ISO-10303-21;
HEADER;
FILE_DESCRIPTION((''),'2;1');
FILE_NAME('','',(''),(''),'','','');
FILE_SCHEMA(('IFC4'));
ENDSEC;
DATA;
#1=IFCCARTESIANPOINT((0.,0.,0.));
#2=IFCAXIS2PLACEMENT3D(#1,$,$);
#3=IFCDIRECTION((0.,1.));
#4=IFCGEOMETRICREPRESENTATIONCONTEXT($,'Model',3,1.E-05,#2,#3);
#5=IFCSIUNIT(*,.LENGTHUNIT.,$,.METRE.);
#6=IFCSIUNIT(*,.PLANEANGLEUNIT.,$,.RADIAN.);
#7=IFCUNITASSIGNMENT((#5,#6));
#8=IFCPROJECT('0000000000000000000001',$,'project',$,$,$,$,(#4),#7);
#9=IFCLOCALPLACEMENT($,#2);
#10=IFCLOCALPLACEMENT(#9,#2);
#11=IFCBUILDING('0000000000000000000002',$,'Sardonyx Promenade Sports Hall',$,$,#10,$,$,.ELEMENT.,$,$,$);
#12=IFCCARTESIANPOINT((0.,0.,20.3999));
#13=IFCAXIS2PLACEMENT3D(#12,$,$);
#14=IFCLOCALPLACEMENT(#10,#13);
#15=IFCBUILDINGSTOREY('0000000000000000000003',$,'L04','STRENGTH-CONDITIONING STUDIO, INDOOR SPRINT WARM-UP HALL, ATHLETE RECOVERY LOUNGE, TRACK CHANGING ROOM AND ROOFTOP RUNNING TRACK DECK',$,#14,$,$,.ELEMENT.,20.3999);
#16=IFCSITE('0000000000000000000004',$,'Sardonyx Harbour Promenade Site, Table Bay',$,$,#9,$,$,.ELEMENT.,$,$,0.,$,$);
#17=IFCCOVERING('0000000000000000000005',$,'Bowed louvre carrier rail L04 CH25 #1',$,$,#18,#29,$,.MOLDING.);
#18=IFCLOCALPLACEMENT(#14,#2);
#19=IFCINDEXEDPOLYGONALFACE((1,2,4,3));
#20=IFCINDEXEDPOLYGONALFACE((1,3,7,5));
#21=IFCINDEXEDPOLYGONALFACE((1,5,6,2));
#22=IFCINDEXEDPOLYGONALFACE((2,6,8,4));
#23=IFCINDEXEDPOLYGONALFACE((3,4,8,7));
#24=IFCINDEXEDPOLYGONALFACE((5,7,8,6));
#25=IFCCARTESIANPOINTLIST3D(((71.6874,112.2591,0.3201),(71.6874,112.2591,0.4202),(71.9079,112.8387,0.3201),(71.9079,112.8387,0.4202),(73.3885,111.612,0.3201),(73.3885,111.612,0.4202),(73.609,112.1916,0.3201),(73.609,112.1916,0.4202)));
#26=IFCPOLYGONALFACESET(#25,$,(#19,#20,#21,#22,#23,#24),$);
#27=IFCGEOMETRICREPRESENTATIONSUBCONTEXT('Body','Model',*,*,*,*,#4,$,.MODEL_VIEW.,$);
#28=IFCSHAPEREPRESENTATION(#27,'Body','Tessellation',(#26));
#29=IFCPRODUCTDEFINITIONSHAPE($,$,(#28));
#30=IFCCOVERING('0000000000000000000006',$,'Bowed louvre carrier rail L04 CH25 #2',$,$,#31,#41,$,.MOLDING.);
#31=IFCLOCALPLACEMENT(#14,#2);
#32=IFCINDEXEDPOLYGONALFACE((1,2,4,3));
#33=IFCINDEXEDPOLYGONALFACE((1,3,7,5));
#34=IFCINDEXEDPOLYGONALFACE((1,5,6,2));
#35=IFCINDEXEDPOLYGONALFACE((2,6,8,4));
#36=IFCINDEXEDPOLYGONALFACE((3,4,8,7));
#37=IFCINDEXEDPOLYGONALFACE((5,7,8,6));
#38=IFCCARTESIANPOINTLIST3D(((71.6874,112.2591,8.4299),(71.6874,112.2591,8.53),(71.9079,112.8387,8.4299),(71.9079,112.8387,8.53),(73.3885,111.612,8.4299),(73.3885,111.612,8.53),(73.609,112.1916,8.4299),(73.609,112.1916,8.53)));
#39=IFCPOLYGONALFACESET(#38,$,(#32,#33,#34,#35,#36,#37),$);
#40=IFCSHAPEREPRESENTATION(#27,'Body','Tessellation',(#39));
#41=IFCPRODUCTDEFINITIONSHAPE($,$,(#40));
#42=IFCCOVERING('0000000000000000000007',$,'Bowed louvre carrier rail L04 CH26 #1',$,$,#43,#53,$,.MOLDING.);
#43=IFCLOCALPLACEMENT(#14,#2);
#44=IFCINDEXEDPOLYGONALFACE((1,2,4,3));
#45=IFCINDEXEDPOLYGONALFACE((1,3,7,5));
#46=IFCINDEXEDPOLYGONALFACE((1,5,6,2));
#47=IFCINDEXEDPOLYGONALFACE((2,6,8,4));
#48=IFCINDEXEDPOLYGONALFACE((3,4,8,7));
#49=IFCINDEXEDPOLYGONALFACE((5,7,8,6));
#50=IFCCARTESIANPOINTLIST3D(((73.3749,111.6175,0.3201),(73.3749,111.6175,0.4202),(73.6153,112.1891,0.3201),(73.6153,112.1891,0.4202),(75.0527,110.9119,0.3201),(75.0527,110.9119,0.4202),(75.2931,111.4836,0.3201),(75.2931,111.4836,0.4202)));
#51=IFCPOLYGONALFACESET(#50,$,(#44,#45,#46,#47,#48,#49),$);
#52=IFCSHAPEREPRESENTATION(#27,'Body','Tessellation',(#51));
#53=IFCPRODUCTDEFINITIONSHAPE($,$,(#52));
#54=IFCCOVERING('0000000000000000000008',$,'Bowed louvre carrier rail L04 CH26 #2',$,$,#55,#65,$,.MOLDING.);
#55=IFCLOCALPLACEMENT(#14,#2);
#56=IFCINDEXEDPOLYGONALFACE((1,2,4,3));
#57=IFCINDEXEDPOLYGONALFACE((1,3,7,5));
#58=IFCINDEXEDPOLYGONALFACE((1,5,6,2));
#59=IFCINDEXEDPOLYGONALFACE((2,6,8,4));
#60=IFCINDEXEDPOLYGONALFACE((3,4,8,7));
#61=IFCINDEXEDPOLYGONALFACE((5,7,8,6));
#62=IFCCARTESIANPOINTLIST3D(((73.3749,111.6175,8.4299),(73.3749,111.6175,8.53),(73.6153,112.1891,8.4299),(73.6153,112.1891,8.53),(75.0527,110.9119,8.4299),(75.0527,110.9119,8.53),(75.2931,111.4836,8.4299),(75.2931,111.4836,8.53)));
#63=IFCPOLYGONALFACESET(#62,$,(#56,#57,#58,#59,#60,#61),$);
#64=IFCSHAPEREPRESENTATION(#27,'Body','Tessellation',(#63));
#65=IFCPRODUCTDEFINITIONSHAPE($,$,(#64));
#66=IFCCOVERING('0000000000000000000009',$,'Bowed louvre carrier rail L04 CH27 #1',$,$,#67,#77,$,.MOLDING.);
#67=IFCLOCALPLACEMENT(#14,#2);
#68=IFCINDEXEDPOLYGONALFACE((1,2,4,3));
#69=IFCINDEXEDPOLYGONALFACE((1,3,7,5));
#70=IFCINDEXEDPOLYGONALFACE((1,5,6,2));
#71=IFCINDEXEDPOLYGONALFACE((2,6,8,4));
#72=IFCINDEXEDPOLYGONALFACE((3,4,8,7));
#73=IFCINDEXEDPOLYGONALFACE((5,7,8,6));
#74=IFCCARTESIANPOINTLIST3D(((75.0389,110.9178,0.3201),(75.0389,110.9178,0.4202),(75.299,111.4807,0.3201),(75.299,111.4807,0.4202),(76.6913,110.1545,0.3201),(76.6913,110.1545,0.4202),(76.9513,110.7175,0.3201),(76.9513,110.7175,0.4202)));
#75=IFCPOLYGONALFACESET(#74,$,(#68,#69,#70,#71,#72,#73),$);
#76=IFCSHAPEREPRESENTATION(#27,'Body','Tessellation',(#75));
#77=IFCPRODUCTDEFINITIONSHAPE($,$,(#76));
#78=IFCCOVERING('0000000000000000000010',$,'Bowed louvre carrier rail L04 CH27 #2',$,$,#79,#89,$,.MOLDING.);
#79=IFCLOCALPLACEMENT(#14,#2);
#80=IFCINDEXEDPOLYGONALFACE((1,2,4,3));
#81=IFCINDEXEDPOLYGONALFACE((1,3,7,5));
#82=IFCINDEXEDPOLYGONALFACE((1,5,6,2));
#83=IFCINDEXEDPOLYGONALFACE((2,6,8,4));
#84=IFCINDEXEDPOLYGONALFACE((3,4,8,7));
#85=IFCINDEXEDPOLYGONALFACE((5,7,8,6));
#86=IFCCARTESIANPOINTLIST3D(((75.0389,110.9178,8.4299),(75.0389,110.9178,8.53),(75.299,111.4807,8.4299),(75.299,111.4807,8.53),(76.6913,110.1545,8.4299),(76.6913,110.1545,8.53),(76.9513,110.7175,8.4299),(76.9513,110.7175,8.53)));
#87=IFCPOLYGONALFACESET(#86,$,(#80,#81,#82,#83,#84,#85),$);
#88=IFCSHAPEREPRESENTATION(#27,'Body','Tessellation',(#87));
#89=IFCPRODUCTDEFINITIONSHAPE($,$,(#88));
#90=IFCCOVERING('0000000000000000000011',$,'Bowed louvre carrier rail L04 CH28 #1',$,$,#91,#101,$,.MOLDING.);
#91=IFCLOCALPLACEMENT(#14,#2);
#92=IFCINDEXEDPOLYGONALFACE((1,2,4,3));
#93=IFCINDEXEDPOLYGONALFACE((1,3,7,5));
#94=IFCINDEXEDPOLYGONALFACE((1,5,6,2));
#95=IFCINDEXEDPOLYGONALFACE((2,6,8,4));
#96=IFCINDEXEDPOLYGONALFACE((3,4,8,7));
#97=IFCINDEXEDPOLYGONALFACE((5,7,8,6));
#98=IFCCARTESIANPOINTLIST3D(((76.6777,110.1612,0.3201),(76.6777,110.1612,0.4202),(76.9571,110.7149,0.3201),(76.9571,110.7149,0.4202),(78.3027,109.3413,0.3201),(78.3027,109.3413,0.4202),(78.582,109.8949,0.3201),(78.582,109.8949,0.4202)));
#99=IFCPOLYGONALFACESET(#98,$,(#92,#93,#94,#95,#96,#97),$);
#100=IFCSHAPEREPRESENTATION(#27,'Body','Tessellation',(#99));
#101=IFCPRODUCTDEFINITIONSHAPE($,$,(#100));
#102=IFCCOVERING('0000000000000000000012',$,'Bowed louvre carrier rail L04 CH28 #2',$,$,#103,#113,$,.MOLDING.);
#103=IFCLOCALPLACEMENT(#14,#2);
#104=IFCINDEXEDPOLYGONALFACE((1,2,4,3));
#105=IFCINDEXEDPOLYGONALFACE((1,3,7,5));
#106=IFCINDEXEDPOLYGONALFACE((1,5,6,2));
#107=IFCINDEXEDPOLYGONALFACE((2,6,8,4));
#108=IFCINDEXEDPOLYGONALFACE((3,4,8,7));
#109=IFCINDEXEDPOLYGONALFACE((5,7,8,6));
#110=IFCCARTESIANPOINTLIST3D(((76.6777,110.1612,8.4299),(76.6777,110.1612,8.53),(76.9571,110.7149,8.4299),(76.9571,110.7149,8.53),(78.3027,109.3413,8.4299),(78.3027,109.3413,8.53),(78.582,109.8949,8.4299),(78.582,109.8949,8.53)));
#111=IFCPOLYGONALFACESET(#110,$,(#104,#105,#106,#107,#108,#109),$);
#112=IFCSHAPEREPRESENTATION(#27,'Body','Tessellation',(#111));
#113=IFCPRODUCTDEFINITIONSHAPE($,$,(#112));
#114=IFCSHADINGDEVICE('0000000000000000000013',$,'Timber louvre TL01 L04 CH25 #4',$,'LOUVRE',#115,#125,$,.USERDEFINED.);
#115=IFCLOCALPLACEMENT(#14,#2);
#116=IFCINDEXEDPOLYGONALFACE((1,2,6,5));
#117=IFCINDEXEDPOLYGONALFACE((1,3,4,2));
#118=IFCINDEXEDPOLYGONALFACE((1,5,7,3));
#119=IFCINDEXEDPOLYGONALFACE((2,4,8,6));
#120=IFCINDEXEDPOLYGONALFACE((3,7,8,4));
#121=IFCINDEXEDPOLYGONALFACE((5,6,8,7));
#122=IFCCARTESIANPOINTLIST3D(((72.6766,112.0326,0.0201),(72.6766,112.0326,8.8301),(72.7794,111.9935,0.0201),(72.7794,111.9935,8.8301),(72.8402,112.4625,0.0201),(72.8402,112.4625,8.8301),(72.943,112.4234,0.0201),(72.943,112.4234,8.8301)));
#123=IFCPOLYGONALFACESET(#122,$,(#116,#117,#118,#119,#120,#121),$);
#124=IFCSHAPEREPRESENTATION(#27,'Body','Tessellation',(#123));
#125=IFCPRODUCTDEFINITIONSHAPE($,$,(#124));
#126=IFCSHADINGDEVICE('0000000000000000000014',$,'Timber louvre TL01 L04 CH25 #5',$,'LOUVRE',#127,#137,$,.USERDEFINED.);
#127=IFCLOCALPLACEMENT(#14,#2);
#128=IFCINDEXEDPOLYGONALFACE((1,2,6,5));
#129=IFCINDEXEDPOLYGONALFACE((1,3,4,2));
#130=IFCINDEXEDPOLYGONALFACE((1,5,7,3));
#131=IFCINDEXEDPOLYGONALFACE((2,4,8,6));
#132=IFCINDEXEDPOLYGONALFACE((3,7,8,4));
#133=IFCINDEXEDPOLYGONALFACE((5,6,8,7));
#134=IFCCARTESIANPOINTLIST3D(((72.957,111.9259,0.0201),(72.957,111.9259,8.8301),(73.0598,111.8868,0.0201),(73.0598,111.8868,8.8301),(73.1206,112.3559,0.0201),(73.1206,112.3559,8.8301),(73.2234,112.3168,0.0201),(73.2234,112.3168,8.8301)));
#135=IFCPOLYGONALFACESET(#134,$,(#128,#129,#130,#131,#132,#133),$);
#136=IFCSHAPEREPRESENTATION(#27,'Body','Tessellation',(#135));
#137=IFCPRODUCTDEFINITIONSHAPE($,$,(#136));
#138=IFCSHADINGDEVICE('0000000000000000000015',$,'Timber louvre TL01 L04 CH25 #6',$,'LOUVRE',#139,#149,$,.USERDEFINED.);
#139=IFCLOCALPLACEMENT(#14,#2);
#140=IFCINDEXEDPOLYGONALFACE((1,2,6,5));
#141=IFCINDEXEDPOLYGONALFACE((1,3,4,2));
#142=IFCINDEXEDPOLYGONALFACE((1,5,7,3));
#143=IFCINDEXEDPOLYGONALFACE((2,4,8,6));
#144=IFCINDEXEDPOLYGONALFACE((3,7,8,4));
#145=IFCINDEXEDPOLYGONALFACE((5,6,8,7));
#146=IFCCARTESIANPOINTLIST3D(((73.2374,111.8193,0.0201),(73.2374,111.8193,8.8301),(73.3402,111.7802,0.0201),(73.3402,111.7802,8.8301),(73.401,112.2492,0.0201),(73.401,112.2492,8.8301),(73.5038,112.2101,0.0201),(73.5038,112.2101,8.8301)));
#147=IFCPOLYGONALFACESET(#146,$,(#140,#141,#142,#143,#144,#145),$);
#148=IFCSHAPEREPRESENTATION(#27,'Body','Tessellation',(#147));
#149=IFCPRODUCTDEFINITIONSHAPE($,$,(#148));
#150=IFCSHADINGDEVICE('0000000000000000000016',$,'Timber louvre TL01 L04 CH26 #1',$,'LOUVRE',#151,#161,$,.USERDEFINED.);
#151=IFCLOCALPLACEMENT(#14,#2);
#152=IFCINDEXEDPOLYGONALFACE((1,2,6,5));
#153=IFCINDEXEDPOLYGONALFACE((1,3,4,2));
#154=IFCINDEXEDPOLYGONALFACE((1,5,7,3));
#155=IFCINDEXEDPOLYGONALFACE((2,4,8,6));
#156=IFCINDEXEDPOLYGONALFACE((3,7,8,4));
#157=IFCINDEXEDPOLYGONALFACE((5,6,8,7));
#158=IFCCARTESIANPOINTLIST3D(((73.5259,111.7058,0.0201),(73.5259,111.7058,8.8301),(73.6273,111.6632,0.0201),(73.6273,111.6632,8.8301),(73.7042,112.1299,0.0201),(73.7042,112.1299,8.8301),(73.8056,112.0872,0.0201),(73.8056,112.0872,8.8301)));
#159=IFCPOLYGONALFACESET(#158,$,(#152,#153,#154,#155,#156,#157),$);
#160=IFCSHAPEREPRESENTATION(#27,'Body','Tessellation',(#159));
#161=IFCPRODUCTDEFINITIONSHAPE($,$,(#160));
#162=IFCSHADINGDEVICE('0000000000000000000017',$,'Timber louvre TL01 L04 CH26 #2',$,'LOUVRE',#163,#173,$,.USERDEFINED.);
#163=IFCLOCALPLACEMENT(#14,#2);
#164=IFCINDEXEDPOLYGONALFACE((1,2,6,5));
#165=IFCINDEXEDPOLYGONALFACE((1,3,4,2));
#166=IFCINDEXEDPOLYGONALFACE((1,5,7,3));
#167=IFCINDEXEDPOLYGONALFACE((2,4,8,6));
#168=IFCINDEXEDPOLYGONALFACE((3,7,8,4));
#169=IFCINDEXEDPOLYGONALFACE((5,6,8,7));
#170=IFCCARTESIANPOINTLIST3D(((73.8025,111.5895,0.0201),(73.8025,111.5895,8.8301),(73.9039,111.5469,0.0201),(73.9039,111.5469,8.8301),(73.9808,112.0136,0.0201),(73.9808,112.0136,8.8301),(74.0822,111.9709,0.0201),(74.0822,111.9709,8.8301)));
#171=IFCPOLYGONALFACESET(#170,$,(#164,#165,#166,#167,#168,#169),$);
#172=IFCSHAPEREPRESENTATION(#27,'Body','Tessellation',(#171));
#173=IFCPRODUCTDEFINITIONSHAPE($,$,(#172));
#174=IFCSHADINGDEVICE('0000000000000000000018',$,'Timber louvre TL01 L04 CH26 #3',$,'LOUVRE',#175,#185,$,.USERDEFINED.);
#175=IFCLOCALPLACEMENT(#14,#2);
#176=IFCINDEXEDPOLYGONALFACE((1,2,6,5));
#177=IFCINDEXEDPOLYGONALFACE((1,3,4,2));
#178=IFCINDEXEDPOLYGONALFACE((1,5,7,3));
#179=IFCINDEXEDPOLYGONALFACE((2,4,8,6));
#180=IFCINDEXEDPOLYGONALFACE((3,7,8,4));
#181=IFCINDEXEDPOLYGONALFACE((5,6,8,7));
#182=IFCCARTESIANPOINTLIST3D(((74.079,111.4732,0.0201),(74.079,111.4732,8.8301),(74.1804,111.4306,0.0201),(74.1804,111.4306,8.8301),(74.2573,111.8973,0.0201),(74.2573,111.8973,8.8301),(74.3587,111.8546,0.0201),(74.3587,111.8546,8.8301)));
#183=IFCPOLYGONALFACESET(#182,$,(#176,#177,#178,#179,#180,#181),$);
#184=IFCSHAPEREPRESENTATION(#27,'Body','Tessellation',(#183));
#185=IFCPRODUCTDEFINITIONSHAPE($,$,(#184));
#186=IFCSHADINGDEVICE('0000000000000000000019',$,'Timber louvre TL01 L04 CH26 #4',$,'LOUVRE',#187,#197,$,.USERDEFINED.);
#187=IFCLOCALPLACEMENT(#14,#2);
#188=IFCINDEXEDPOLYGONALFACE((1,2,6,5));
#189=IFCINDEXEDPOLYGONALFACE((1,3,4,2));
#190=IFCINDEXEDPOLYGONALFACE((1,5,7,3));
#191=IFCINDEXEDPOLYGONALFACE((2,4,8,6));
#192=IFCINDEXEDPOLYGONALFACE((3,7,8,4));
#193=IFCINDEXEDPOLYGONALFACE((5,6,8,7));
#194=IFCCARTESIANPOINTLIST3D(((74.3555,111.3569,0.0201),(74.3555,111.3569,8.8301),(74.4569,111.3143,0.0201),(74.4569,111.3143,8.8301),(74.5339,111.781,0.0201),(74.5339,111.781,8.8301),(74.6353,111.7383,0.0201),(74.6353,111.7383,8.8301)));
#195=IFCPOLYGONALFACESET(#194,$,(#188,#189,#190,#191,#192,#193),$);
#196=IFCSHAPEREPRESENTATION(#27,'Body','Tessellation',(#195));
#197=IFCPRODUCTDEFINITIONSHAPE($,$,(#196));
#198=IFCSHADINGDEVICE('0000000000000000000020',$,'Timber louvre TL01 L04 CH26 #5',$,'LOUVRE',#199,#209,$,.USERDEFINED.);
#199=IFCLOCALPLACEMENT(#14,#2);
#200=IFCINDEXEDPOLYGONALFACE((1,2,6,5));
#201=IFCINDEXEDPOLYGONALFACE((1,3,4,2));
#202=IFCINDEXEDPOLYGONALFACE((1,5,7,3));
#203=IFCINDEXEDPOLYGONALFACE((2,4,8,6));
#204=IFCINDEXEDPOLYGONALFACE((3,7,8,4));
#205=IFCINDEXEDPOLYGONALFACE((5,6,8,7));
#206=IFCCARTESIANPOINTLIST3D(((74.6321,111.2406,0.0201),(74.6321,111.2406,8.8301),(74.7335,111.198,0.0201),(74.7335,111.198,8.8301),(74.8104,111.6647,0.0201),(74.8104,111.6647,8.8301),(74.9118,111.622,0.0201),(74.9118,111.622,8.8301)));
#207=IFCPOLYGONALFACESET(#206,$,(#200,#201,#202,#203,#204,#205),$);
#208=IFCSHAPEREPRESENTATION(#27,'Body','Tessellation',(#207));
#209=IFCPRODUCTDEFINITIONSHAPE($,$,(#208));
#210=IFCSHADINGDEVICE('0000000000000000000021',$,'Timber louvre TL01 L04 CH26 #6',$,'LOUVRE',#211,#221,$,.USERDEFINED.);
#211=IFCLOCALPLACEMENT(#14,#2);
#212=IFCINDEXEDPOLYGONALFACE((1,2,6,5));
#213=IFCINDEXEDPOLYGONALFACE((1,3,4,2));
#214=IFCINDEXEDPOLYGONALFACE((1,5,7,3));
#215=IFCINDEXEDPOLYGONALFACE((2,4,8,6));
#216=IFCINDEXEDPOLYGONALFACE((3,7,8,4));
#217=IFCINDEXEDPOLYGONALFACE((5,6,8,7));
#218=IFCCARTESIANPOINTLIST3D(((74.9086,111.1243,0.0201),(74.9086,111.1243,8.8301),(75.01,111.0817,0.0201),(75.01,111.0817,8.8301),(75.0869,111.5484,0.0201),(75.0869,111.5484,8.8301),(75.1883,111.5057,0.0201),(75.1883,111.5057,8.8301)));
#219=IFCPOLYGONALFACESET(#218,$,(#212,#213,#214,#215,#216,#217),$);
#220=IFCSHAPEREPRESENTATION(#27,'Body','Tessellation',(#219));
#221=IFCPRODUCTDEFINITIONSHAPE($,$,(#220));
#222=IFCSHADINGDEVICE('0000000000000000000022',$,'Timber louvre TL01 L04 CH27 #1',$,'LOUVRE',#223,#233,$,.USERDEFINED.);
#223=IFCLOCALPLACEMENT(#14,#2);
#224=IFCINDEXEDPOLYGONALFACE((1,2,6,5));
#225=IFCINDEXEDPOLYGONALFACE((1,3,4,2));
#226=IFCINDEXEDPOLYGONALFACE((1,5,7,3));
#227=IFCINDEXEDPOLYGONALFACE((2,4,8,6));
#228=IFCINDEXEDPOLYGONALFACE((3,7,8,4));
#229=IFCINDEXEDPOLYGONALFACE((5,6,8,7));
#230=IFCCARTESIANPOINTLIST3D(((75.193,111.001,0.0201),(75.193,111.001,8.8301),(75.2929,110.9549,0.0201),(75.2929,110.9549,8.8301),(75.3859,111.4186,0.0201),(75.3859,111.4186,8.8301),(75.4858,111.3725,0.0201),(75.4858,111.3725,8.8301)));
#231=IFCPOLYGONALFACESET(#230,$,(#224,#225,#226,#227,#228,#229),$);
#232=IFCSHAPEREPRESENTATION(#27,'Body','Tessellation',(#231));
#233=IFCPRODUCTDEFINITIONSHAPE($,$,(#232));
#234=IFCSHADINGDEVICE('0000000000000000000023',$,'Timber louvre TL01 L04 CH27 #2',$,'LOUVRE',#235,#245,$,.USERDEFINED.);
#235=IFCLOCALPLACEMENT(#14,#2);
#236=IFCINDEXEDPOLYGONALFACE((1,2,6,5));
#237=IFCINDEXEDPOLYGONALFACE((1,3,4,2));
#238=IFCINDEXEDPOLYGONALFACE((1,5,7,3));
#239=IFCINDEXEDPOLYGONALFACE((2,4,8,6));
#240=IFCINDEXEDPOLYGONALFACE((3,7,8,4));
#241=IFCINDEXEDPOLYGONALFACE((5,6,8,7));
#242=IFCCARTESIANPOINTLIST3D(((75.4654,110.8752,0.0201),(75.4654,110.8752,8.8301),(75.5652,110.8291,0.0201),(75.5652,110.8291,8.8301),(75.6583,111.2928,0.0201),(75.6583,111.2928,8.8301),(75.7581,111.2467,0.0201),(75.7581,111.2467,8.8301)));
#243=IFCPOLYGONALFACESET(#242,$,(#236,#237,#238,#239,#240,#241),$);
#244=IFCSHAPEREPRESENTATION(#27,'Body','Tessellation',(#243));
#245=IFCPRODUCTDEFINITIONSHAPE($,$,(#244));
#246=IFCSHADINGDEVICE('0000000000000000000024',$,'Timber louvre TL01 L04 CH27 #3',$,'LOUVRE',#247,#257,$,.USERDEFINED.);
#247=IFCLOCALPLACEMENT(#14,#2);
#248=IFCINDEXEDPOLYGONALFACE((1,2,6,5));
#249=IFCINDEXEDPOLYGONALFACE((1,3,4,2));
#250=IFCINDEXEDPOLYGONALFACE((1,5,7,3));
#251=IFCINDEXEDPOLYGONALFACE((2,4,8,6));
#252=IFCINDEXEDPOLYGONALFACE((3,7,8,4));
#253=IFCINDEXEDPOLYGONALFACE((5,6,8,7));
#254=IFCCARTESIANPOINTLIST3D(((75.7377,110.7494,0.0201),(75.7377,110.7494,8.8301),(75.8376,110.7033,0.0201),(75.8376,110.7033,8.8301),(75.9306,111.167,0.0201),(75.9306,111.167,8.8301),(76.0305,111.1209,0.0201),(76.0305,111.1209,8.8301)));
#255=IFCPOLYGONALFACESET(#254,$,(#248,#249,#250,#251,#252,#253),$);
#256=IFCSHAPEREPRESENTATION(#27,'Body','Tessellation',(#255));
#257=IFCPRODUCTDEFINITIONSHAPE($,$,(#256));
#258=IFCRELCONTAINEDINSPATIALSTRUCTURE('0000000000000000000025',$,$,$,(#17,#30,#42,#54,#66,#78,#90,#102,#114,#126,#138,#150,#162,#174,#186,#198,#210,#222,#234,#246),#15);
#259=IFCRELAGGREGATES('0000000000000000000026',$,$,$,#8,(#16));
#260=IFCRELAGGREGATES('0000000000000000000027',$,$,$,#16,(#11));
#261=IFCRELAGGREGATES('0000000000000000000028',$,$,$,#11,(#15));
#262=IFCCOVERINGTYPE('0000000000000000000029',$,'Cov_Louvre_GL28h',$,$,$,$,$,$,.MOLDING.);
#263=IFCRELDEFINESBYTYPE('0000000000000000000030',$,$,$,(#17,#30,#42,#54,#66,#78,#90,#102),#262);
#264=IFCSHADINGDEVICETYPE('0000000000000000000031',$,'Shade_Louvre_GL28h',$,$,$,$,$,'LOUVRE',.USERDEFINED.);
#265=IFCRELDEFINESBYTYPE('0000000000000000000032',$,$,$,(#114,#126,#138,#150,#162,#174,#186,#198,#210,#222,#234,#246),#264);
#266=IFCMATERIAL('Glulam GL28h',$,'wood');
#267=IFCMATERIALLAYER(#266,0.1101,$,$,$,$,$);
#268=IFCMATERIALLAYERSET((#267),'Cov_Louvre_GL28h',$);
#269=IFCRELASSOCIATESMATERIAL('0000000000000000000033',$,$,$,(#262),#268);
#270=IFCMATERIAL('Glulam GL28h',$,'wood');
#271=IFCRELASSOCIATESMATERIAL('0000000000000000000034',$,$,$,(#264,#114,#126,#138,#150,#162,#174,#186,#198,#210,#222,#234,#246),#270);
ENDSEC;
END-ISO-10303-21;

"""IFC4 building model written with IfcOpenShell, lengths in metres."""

from ifc_helpers import new_model, si_unit, direction, frame, origin, origin_2d, place, context, subcontext, project, spatial, rectangle, extrude, material, layer, layer_set, type_object, element, save


model = new_model("IFC4")

# Units and contexts
model_context = context("Model", 3, precision=1e-05, world=origin(), true_north=direction((0.0, 1.0)))
body_context = subcontext(model_context, "Body", "Model", "MODEL_VIEW")
ifc_project = project(units=[si_unit("LENGTHUNIT", "METRE"), si_unit("PLANEANGLEUNIT", "RADIAN")], contexts=[model_context])

# Site, building, storey
site_placement = place(None, origin())
site = spatial("IfcSite", under=ifc_project, at=site_placement, Name="Sardonyx Harbour Promenade Site, Table Bay", CompositionType="ELEMENT", RefElevation=0.0)
building_placement = place(site_placement, origin())
building = spatial("IfcBuilding", under=site, at=building_placement, Name="Sardonyx Promenade Sports Hall", CompositionType="ELEMENT")
storey_placement = place(building_placement, frame((0.0, 0.0, 20.3999)))
storey = spatial("IfcBuildingStorey", under=building, at=storey_placement, Name="L04", Description="STRENGTH-CONDITIONING STUDIO, INDOOR SPRINT WARM-UP HALL, ATHLETE RECOVERY LOUNGE, TRACK CHANGING ROOM AND ROOFTOP RUNNING TRACK DECK", CompositionType="ELEMENT", Elevation=20.3999)

# Coverings
ifc_material_1 = material(Name="Glulam GL28h", Category="wood")
ifc_layer = layer(ifc_material_1, 0.1101)
ifc_layer_set = layer_set([ifc_layer], Name="Cov_Louvre_GL28h")
covering_type = type_object("IfcCoveringType", Name="Cov_Louvre_GL28h", PredefinedType="MOLDING", material=ifc_layer_set)
for number, where, z_axis, x_axis, name in (
    (1, (72.6482, 112.2253, 0.3201), (0.0, 0.0, 1.0), (0.934666, -0.355528, 0.0), "Bowed louvre carrier rail L04 CH25 #1"),
    (2, (72.6482, 112.2253, 8.4299), (0.0, 0.0, 1.0), (0.934666, -0.355528, 0.0), "Bowed louvre carrier rail L04 CH25 #2"),
    (3, (74.334, 111.5505, 0.3201), (0.0, 0.0, 1.0), (0.9218, -0.387665, 0.0), "Bowed louvre carrier rail L04 CH26 #1"),
    (4, (74.334, 111.5505, 8.4299), (0.0, 0.0, 1.0), (0.9218, -0.387665, 0.0), "Bowed louvre carrier rail L04 CH26 #2"),
    (5, (75.9951, 110.8176, 0.3201), (0.0, 0.0, 1.0), (0.907831, -0.419336, 0.0), "Bowed louvre carrier rail L04 CH27 #1"),
    (6, (75.9951, 110.8176, 8.4299), (0.0, 0.0, 1.0), (0.907831, -0.419336, 0.0), "Bowed louvre carrier rail L04 CH27 #2"),
    (7, (77.6299, 110.0281, 0.3201), (0.0, 0.0, 1.0), (0.892774, -0.450505, 0.0), "Bowed louvre carrier rail L04 CH28 #1"),
    (8, (77.6299, 110.0281, 8.4299), (0.0, 0.0, 1.0), (0.892774, -0.450505, 0.0), "Bowed louvre carrier rail L04 CH28 #2"),
):
    element("IfcCovering", number, at=place(storey_placement, frame(where, z_axis=z_axis, x_axis=x_axis)), inside=storey, type_object=covering_type, Name=name, PredefinedType="MOLDING", context=body_context, shape_type="SweptSolid", body=[
        extrude(rectangle(XDim=1.8201, YDim=0.6201, at=origin_2d()), origin(), (0.0, 0.0, 1.0), 0.1001),
    ])

# Shading devices
ifc_material_2 = material(Name="Glulam GL28h", Category="wood")
shading_device_type = type_object("IfcShadingDeviceType", Name="Shade_Louvre_GL28h", ElementType="LOUVRE", PredefinedType="USERDEFINED", material=ifc_material_2)
for number, where, z_axis, x_axis, name in (
    (9, (72.8098, 112.228, 0.0201), (0.0, 0.0, 1.0), (0.934666, -0.355528, 0.0), "Timber louvre TL01 L04 CH25 #4"),
    (10, (73.0902, 112.1214, 0.0201), (0.0, 0.0, 1.0), (0.934666, -0.355528, 0.0), "Timber louvre TL01 L04 CH25 #5"),
    (11, (73.3706, 112.0147, 0.0201), (0.0, 0.0, 1.0), (0.934666, -0.355528, 0.0), "Timber louvre TL01 L04 CH25 #6"),
    (12, (73.6658, 111.8965, 0.0201), (0.0, 0.0, 1.0), (0.9218, -0.387665, 0.0), "Timber louvre TL01 L04 CH26 #1"),
    (13, (73.9423, 111.7802, 0.0201), (0.0, 0.0, 1.0), (0.9218, -0.387665, 0.0), "Timber louvre TL01 L04 CH26 #2"),
    (14, (74.2189, 111.6639, 0.0201), (0.0, 0.0, 1.0), (0.9218, -0.387665, 0.0), "Timber louvre TL01 L04 CH26 #3"),
    (15, (74.4954, 111.5476, 0.0201), (0.0, 0.0, 1.0), (0.9218, -0.387665, 0.0), "Timber louvre TL01 L04 CH26 #4"),
    (16, (74.7719, 111.4313, 0.0201), (0.0, 0.0, 1.0), (0.9218, -0.387665, 0.0), "Timber louvre TL01 L04 CH26 #5"),
    (17, (75.0485, 111.315, 0.0201), (0.0, 0.0, 1.0), (0.9218, -0.387665, 0.0), "Timber louvre TL01 L04 CH26 #6"),
    (18, (75.3394, 111.1867, 0.0201), (0.0, 0.0, 1.0), (0.907831, -0.419336, 0.0), "Timber louvre TL01 L04 CH27 #1"),
    (19, (75.6117, 111.0609, 0.0201), (0.0, 0.0, 1.0), (0.907831, -0.419336, 0.0), "Timber louvre TL01 L04 CH27 #2"),
    (20, (75.8841, 110.9351, 0.0201), (0.0, 0.0, 1.0), (0.907831, -0.419336, 0.0), "Timber louvre TL01 L04 CH27 #3"),
):
    element("IfcShadingDevice", number, at=place(storey_placement, frame(where, z_axis=z_axis, x_axis=x_axis)), inside=storey, type_object=shading_device_type, material=ifc_material_2, Name=name, ObjectType="LOUVRE", PredefinedType="USERDEFINED", context=body_context, shape_type="SweptSolid", body=[
        extrude(rectangle(XDim=0.11, YDim=0.46), origin(), (0.0, 0.0, 1.0), 8.81),
    ])

save(model, "model.ifc")
